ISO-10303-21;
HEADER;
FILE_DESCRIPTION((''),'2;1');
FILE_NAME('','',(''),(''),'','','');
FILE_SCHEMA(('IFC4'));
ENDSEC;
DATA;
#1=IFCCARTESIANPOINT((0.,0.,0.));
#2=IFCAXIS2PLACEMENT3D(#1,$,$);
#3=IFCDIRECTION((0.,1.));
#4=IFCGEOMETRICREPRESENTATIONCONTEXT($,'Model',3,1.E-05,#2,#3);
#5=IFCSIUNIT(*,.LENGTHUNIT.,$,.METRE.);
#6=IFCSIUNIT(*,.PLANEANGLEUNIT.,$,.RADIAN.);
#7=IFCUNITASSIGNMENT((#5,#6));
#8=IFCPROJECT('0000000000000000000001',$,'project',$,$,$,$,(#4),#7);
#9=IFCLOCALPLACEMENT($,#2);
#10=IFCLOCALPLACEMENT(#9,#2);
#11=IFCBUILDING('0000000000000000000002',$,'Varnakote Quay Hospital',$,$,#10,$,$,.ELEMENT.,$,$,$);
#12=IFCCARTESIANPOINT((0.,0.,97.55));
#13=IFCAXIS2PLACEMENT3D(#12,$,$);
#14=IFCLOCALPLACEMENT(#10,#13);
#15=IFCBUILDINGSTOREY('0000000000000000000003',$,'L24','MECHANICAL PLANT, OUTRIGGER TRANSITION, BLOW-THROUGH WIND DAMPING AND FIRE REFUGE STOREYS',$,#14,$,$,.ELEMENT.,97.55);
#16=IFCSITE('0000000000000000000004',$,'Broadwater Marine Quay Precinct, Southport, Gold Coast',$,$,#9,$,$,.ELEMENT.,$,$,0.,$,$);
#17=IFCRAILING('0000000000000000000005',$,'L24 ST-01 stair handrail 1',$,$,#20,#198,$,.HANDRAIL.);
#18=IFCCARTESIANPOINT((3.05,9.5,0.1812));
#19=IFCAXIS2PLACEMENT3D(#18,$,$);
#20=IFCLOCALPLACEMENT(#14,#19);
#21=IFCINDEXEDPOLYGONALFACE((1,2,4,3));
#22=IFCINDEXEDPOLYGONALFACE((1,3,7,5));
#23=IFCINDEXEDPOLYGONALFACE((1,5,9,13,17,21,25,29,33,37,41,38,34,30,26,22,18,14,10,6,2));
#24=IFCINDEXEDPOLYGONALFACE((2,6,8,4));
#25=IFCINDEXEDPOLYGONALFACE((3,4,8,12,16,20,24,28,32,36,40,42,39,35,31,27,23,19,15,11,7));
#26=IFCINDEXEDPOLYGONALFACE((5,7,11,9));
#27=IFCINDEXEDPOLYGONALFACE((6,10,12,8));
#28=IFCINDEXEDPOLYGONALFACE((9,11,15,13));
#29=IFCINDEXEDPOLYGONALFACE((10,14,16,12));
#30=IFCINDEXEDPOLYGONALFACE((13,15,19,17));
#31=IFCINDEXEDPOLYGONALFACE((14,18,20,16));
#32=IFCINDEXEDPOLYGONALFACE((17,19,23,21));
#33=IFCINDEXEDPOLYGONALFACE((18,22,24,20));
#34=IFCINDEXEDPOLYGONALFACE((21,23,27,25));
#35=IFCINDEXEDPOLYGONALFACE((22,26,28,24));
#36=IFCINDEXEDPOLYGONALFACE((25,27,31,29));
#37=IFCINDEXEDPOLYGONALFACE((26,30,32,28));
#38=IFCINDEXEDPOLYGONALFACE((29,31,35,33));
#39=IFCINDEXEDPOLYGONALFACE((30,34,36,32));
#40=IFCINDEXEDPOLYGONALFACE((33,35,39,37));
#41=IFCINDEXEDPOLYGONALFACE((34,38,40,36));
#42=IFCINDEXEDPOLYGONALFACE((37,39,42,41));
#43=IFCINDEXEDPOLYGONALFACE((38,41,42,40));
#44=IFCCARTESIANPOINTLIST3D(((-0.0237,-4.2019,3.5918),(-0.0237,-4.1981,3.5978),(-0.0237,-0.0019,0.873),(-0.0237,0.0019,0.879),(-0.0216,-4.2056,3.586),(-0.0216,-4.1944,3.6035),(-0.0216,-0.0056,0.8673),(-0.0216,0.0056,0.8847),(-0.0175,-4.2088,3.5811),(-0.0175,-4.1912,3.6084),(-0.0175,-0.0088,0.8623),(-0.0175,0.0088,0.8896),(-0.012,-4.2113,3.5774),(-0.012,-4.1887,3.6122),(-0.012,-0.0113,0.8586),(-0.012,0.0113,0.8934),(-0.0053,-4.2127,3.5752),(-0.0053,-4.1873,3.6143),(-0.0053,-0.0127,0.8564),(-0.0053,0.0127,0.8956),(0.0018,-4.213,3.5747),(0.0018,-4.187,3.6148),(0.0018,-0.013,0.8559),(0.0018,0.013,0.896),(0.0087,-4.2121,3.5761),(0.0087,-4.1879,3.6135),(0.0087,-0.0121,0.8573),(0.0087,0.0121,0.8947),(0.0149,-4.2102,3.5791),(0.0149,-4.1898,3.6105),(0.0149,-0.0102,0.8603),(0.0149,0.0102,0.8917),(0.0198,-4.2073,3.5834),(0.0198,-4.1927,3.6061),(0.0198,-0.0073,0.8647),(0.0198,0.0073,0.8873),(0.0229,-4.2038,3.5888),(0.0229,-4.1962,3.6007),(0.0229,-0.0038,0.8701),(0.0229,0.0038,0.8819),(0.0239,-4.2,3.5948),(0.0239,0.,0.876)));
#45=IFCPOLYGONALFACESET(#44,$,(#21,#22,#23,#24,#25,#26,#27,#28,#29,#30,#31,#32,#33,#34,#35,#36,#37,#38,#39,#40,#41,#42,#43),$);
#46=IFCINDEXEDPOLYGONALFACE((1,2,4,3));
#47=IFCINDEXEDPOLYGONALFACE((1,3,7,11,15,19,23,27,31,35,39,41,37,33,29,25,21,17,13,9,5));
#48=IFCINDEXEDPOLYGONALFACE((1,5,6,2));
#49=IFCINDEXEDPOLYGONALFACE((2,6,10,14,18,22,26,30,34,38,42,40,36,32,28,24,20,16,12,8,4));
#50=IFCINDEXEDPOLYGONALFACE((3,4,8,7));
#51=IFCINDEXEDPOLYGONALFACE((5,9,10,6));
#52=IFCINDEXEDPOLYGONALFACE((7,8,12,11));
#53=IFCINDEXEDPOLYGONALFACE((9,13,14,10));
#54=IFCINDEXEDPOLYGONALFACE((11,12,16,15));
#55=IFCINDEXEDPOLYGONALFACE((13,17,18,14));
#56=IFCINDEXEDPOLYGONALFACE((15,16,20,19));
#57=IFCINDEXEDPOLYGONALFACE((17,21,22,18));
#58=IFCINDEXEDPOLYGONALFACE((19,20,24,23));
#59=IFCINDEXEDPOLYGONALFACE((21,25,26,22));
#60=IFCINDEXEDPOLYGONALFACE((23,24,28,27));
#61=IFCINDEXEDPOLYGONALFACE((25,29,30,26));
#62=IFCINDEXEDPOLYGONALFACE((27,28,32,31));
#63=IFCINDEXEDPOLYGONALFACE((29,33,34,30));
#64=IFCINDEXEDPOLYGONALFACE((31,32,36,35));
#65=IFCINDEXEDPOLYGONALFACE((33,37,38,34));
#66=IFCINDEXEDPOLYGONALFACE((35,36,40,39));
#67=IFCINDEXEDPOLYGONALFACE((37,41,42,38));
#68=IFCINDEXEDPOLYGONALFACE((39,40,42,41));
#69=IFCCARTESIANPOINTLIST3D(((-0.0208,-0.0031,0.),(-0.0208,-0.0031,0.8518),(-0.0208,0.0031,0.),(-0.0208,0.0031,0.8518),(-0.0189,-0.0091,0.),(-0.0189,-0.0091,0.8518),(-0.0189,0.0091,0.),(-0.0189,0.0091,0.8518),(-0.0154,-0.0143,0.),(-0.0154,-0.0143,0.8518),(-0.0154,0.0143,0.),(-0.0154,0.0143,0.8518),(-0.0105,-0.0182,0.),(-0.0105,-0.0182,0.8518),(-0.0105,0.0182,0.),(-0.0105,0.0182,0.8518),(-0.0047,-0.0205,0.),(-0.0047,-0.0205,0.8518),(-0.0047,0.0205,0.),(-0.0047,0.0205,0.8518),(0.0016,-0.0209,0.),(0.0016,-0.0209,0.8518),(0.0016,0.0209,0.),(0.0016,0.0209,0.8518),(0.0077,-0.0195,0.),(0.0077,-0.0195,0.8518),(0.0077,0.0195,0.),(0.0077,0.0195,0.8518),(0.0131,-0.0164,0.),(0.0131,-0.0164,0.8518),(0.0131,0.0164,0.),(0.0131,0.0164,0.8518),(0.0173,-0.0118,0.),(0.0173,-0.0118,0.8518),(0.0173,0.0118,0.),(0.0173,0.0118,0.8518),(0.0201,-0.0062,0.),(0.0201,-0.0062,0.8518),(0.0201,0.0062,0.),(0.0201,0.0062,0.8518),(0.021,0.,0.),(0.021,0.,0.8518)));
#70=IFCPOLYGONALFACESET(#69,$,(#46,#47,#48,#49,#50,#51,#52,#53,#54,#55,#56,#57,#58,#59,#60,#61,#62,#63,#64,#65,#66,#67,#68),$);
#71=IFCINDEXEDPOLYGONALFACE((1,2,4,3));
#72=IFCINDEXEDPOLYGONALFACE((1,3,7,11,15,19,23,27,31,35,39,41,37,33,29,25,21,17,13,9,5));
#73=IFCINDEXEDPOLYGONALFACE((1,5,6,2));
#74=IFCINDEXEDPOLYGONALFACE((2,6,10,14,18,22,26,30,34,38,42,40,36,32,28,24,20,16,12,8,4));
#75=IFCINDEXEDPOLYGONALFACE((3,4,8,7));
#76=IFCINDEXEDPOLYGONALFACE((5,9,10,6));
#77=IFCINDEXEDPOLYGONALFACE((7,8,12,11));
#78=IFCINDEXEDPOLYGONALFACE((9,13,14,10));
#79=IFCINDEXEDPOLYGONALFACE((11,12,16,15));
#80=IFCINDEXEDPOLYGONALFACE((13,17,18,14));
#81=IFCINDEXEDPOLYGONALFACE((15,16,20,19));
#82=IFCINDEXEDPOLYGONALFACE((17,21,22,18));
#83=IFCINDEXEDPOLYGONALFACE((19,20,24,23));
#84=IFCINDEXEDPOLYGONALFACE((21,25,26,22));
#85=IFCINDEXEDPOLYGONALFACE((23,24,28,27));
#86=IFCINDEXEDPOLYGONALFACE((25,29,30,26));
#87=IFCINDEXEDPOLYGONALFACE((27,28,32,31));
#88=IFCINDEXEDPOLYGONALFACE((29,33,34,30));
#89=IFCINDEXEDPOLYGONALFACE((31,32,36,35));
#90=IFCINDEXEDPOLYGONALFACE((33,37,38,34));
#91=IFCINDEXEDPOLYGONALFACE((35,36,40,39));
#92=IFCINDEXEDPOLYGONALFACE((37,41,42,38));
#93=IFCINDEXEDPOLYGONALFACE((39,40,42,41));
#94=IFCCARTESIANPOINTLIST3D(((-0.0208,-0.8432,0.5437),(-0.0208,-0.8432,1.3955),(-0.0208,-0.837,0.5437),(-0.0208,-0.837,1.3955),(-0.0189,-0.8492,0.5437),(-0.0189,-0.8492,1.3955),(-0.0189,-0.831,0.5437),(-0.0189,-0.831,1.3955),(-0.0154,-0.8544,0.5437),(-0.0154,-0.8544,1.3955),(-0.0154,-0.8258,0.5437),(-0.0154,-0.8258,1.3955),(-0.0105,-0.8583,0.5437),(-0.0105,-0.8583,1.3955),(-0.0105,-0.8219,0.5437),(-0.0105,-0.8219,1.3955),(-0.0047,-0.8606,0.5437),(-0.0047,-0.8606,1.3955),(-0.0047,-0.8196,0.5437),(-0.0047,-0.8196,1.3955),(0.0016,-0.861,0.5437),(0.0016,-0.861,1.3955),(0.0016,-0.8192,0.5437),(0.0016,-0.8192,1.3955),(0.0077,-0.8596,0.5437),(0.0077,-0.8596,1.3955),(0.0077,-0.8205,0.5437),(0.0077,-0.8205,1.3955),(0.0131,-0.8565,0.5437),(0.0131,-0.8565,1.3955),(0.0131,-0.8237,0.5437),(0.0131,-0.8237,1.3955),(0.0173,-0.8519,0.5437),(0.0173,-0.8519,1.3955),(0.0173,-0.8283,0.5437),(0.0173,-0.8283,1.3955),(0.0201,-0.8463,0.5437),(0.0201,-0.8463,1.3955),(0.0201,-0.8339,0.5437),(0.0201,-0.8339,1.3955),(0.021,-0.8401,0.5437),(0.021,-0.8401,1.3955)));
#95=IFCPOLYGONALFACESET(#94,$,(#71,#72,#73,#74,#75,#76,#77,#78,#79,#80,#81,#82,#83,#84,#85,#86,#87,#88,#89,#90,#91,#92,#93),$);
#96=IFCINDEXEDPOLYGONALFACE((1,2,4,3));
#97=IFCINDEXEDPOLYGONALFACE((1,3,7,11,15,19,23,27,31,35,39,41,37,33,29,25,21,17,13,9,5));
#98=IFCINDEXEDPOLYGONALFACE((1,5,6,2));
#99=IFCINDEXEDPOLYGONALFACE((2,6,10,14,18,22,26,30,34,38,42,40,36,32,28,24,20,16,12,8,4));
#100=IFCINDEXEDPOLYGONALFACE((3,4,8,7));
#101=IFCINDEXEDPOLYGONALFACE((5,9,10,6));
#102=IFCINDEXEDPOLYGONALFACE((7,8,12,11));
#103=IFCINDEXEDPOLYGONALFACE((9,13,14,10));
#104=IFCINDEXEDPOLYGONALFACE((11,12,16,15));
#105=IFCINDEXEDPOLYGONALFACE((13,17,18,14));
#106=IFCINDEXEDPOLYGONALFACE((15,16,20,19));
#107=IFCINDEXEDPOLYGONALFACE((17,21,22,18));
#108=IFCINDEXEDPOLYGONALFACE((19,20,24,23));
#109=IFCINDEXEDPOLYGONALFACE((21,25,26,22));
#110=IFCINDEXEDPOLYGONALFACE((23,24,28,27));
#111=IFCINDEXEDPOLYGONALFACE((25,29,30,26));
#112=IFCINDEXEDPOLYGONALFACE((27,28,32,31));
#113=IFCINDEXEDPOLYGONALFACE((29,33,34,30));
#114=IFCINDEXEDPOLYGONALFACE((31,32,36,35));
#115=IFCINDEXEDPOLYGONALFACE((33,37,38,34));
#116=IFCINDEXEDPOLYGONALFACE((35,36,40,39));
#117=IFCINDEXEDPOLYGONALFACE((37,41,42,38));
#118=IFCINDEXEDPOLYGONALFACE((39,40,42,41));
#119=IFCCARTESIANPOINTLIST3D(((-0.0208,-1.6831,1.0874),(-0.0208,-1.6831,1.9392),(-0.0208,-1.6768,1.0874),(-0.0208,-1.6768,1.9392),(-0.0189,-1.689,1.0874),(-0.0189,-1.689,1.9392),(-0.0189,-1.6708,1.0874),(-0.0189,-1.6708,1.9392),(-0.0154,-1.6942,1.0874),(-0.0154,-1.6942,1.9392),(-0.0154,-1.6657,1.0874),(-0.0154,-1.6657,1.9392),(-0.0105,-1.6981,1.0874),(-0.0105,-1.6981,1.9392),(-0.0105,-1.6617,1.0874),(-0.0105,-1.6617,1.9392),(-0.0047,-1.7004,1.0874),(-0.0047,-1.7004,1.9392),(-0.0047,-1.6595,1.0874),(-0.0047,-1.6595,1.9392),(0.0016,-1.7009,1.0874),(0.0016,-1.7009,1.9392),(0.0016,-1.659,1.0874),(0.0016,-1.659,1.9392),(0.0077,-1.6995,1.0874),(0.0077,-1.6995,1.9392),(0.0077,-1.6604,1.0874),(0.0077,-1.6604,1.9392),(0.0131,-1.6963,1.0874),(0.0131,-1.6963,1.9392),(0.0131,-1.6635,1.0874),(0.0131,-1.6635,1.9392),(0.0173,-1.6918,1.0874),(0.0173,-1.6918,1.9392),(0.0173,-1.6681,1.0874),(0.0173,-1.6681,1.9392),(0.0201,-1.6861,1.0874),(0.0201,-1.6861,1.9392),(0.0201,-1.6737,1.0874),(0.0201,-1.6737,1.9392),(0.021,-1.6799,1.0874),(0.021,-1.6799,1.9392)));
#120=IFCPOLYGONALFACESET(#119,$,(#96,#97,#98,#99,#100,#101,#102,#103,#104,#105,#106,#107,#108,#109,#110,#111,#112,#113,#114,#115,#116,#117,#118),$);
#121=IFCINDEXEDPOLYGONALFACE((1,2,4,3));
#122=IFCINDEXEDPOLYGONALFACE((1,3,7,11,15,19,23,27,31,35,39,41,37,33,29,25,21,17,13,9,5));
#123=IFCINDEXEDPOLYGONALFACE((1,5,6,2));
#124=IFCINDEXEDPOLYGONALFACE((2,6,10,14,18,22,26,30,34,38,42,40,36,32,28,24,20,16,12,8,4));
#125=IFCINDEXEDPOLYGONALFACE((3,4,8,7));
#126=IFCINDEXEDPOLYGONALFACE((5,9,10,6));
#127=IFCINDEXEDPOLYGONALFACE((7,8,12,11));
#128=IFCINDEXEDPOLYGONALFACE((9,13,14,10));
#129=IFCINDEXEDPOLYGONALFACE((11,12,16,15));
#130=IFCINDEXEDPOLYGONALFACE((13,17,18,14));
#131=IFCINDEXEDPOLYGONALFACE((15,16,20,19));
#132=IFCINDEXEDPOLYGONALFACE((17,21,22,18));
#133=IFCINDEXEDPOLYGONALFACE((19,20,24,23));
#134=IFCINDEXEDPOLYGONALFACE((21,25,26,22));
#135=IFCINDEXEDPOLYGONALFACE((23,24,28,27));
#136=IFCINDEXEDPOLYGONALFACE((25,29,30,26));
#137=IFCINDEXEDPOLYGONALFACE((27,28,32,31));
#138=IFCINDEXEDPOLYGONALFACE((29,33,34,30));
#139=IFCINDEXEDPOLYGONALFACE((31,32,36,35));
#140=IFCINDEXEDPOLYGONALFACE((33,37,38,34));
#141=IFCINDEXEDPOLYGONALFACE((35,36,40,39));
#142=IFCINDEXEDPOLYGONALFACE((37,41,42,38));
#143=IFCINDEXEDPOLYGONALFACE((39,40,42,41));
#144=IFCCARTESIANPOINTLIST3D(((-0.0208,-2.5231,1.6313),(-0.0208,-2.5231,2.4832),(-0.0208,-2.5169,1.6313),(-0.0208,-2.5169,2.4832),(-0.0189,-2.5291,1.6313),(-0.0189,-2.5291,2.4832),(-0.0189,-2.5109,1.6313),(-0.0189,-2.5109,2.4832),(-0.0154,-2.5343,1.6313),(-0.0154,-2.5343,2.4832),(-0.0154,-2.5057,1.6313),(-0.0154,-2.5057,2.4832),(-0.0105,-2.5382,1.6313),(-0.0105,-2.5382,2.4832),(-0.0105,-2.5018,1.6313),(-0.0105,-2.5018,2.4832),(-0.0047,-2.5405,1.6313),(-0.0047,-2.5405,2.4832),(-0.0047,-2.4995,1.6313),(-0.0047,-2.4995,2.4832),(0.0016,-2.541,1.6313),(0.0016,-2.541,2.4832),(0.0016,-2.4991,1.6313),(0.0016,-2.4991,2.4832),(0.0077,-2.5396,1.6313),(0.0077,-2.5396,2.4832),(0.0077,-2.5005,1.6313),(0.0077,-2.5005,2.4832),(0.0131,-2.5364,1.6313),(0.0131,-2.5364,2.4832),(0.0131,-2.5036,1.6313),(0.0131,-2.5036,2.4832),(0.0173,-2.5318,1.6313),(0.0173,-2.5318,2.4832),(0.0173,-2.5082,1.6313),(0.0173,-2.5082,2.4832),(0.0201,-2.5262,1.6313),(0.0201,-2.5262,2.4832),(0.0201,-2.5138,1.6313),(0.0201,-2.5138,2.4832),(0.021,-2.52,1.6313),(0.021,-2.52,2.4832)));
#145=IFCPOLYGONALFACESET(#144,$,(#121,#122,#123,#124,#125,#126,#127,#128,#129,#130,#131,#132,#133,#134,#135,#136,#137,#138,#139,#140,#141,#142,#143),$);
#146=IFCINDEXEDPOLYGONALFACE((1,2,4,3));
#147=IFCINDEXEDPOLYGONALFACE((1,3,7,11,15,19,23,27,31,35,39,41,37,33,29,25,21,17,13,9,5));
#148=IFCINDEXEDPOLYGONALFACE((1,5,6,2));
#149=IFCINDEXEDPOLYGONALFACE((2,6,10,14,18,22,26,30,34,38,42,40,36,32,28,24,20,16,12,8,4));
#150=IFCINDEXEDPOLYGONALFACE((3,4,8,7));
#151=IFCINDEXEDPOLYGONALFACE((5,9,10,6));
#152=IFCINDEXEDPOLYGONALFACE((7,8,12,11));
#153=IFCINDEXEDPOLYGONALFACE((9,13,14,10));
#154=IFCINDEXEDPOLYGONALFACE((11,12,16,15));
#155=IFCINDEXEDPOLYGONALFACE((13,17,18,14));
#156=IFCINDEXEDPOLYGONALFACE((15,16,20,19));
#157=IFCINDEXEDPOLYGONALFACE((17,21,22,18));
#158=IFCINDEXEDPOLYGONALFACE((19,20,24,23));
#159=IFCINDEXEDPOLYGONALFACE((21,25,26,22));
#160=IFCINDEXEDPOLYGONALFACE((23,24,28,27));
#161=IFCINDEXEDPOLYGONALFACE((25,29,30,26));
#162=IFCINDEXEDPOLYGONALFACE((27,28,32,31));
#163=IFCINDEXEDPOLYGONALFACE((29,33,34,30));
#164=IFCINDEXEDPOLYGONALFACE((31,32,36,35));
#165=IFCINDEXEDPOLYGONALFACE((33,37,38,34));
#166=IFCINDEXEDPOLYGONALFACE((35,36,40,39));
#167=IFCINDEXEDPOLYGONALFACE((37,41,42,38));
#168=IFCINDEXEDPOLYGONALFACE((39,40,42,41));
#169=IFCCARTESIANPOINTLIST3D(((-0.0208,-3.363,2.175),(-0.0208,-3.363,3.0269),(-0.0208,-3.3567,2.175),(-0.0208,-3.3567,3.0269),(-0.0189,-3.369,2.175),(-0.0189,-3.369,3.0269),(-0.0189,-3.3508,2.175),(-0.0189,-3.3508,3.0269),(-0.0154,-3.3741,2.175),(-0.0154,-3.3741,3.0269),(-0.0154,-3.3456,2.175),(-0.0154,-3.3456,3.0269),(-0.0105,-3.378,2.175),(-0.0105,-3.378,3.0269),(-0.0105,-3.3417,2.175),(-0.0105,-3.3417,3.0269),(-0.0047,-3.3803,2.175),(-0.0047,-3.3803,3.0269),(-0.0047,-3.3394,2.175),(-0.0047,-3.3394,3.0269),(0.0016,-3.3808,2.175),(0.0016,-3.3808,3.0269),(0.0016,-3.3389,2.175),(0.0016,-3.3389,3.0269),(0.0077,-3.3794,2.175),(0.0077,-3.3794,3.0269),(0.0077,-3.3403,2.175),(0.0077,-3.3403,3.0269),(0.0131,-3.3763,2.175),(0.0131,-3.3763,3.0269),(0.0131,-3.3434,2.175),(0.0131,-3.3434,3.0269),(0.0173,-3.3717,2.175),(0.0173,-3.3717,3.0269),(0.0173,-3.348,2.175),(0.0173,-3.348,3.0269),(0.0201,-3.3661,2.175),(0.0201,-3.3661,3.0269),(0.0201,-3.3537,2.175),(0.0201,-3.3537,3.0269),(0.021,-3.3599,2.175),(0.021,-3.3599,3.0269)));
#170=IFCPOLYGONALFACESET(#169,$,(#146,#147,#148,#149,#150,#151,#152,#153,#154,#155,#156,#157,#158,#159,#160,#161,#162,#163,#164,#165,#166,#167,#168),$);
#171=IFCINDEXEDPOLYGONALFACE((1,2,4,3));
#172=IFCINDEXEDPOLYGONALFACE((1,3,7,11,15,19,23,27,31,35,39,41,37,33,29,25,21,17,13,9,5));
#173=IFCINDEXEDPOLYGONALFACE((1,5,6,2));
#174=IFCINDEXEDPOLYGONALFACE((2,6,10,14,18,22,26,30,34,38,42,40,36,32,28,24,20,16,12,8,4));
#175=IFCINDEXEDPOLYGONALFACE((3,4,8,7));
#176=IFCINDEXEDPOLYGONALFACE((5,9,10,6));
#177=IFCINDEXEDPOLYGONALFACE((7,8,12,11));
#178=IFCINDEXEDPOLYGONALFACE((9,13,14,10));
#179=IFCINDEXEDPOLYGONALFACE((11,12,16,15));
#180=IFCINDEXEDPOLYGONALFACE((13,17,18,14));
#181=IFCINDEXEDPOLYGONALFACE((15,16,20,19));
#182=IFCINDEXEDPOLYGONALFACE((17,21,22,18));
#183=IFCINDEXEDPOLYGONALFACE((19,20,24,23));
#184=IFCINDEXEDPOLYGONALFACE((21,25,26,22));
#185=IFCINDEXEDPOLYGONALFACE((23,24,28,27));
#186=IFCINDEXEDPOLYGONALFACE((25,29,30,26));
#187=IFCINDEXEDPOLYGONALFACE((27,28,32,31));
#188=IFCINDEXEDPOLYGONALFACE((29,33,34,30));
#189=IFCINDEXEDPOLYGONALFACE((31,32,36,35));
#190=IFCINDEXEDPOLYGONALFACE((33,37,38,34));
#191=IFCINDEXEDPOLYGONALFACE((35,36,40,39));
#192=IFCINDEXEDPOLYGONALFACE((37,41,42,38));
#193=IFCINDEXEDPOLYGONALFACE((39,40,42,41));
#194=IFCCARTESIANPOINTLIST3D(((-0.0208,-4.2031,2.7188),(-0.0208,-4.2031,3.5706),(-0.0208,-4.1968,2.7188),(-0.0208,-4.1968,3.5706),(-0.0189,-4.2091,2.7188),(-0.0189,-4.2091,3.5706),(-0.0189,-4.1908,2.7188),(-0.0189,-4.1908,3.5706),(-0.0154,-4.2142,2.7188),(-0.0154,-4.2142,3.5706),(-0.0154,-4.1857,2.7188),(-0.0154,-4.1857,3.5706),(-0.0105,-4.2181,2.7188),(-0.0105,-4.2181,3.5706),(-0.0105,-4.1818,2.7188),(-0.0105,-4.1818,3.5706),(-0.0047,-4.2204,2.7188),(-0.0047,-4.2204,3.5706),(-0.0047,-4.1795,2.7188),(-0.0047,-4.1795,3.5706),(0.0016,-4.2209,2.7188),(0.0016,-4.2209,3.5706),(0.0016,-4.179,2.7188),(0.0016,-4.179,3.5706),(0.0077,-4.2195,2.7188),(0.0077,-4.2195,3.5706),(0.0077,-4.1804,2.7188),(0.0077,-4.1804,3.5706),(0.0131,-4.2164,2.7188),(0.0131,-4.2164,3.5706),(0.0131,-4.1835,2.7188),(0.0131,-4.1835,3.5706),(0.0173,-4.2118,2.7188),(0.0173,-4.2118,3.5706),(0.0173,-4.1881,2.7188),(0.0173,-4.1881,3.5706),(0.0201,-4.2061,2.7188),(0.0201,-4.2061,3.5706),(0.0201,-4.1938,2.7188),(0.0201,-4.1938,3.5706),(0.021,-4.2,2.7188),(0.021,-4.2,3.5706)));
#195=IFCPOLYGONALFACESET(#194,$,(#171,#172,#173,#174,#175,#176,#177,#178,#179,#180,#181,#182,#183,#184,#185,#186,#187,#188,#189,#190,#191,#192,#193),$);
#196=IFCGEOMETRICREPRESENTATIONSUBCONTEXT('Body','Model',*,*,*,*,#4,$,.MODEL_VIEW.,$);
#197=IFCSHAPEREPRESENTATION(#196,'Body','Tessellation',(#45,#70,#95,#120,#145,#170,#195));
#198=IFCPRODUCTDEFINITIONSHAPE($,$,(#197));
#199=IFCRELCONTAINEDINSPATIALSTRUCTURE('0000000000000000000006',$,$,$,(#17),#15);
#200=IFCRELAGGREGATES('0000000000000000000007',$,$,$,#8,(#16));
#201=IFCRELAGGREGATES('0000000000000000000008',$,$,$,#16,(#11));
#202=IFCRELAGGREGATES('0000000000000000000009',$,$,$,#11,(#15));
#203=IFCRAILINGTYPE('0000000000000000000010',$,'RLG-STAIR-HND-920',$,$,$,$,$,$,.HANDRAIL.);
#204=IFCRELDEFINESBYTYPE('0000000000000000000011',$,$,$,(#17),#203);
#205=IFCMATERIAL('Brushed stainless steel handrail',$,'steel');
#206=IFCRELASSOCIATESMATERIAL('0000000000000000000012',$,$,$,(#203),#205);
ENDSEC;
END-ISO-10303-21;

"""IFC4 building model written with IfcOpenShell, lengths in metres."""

from ifc_helpers import new_model, si_unit, direction, frame, origin, origin_2d, place, context, subcontext, project, spatial, circle, extrude, material, type_object, element, save


model = new_model("IFC4")

# Units and contexts
model_context = context("Model", 3, precision=1e-05, world=origin(), true_north=direction((0.0, 1.0)))
body_context = subcontext(model_context, "Body", "Model", "MODEL_VIEW")
ifc_project = project(units=[si_unit("LENGTHUNIT", "METRE"), si_unit("PLANEANGLEUNIT", "RADIAN")], contexts=[model_context])

# Site, building, storey
site_placement = place(None, origin())
site = spatial("IfcSite", under=ifc_project, at=site_placement, Name="Broadwater Marine Quay Precinct, Southport, Gold Coast", CompositionType="ELEMENT", RefElevation=0.0)
building_placement = place(site_placement, origin())
building = spatial("IfcBuilding", under=site, at=building_placement, Name="Varnakote Quay Hospital", CompositionType="ELEMENT")
storey_placement = place(building_placement, frame((0.0, 0.0, 97.55)))
storey = spatial("IfcBuildingStorey", under=building, at=storey_placement, Name="L24", Description="MECHANICAL PLANT, OUTRIGGER TRANSITION, BLOW-THROUGH WIND DAMPING AND FIRE REFUGE STOREYS", CompositionType="ELEMENT", Elevation=97.55)

# Railing
ifc_material_1 = material(Name="Brushed stainless steel handrail", Category="steel")
railing_type = type_object("IfcRailingType", Name="RLG-STAIR-HND-920", PredefinedType="HANDRAIL", material=ifc_material_1)
railing_placement = place(storey_placement, frame((3.05, 9.5, 0.1812)))
element("IfcRailing", 1, at=railing_placement, inside=storey, type_object=railing_type, Name="L24 ST-01 stair handrail 1", PredefinedType="HANDRAIL", context=body_context, shape_type="SweptSolid", body=[
    extrude(circle(Radius=0.0239, at=origin_2d()), frame((0.0, 0.0, 0.876), z_axis=(0.0, -0.839467, 0.543411), x_axis=(1.0, 0.0, 0.0)), (0.0, 0.0, 1.0), 5.0032),
    extrude(circle(Radius=0.021, at=origin_2d()), origin(), (0.0, 0.0, 1.0), 0.8518),
    extrude(circle(Radius=0.021, at=origin_2d()), frame((0.0, -0.8401, 0.5437)), (0.0, 0.0, 1.0), 0.8518),
    extrude(circle(Radius=0.021, at=origin_2d()), frame((0.0, -1.6799, 1.0874)), (0.0, 0.0, 1.0), 0.8518),
    extrude(circle(Radius=0.021, at=origin_2d()), frame((0.0, -2.52, 1.6313)), (0.0, 0.0, 1.0), 0.8518),
    extrude(circle(Radius=0.021, at=origin_2d()), frame((0.0, -3.3599, 2.175)), (0.0, 0.0, 1.0), 0.8518),
    extrude(circle(Radius=0.021, at=origin_2d()), frame((0.0, -4.2, 2.7188)), (0.0, 0.0, 1.0), 0.8518),
])

save(model, "model.ifc")
